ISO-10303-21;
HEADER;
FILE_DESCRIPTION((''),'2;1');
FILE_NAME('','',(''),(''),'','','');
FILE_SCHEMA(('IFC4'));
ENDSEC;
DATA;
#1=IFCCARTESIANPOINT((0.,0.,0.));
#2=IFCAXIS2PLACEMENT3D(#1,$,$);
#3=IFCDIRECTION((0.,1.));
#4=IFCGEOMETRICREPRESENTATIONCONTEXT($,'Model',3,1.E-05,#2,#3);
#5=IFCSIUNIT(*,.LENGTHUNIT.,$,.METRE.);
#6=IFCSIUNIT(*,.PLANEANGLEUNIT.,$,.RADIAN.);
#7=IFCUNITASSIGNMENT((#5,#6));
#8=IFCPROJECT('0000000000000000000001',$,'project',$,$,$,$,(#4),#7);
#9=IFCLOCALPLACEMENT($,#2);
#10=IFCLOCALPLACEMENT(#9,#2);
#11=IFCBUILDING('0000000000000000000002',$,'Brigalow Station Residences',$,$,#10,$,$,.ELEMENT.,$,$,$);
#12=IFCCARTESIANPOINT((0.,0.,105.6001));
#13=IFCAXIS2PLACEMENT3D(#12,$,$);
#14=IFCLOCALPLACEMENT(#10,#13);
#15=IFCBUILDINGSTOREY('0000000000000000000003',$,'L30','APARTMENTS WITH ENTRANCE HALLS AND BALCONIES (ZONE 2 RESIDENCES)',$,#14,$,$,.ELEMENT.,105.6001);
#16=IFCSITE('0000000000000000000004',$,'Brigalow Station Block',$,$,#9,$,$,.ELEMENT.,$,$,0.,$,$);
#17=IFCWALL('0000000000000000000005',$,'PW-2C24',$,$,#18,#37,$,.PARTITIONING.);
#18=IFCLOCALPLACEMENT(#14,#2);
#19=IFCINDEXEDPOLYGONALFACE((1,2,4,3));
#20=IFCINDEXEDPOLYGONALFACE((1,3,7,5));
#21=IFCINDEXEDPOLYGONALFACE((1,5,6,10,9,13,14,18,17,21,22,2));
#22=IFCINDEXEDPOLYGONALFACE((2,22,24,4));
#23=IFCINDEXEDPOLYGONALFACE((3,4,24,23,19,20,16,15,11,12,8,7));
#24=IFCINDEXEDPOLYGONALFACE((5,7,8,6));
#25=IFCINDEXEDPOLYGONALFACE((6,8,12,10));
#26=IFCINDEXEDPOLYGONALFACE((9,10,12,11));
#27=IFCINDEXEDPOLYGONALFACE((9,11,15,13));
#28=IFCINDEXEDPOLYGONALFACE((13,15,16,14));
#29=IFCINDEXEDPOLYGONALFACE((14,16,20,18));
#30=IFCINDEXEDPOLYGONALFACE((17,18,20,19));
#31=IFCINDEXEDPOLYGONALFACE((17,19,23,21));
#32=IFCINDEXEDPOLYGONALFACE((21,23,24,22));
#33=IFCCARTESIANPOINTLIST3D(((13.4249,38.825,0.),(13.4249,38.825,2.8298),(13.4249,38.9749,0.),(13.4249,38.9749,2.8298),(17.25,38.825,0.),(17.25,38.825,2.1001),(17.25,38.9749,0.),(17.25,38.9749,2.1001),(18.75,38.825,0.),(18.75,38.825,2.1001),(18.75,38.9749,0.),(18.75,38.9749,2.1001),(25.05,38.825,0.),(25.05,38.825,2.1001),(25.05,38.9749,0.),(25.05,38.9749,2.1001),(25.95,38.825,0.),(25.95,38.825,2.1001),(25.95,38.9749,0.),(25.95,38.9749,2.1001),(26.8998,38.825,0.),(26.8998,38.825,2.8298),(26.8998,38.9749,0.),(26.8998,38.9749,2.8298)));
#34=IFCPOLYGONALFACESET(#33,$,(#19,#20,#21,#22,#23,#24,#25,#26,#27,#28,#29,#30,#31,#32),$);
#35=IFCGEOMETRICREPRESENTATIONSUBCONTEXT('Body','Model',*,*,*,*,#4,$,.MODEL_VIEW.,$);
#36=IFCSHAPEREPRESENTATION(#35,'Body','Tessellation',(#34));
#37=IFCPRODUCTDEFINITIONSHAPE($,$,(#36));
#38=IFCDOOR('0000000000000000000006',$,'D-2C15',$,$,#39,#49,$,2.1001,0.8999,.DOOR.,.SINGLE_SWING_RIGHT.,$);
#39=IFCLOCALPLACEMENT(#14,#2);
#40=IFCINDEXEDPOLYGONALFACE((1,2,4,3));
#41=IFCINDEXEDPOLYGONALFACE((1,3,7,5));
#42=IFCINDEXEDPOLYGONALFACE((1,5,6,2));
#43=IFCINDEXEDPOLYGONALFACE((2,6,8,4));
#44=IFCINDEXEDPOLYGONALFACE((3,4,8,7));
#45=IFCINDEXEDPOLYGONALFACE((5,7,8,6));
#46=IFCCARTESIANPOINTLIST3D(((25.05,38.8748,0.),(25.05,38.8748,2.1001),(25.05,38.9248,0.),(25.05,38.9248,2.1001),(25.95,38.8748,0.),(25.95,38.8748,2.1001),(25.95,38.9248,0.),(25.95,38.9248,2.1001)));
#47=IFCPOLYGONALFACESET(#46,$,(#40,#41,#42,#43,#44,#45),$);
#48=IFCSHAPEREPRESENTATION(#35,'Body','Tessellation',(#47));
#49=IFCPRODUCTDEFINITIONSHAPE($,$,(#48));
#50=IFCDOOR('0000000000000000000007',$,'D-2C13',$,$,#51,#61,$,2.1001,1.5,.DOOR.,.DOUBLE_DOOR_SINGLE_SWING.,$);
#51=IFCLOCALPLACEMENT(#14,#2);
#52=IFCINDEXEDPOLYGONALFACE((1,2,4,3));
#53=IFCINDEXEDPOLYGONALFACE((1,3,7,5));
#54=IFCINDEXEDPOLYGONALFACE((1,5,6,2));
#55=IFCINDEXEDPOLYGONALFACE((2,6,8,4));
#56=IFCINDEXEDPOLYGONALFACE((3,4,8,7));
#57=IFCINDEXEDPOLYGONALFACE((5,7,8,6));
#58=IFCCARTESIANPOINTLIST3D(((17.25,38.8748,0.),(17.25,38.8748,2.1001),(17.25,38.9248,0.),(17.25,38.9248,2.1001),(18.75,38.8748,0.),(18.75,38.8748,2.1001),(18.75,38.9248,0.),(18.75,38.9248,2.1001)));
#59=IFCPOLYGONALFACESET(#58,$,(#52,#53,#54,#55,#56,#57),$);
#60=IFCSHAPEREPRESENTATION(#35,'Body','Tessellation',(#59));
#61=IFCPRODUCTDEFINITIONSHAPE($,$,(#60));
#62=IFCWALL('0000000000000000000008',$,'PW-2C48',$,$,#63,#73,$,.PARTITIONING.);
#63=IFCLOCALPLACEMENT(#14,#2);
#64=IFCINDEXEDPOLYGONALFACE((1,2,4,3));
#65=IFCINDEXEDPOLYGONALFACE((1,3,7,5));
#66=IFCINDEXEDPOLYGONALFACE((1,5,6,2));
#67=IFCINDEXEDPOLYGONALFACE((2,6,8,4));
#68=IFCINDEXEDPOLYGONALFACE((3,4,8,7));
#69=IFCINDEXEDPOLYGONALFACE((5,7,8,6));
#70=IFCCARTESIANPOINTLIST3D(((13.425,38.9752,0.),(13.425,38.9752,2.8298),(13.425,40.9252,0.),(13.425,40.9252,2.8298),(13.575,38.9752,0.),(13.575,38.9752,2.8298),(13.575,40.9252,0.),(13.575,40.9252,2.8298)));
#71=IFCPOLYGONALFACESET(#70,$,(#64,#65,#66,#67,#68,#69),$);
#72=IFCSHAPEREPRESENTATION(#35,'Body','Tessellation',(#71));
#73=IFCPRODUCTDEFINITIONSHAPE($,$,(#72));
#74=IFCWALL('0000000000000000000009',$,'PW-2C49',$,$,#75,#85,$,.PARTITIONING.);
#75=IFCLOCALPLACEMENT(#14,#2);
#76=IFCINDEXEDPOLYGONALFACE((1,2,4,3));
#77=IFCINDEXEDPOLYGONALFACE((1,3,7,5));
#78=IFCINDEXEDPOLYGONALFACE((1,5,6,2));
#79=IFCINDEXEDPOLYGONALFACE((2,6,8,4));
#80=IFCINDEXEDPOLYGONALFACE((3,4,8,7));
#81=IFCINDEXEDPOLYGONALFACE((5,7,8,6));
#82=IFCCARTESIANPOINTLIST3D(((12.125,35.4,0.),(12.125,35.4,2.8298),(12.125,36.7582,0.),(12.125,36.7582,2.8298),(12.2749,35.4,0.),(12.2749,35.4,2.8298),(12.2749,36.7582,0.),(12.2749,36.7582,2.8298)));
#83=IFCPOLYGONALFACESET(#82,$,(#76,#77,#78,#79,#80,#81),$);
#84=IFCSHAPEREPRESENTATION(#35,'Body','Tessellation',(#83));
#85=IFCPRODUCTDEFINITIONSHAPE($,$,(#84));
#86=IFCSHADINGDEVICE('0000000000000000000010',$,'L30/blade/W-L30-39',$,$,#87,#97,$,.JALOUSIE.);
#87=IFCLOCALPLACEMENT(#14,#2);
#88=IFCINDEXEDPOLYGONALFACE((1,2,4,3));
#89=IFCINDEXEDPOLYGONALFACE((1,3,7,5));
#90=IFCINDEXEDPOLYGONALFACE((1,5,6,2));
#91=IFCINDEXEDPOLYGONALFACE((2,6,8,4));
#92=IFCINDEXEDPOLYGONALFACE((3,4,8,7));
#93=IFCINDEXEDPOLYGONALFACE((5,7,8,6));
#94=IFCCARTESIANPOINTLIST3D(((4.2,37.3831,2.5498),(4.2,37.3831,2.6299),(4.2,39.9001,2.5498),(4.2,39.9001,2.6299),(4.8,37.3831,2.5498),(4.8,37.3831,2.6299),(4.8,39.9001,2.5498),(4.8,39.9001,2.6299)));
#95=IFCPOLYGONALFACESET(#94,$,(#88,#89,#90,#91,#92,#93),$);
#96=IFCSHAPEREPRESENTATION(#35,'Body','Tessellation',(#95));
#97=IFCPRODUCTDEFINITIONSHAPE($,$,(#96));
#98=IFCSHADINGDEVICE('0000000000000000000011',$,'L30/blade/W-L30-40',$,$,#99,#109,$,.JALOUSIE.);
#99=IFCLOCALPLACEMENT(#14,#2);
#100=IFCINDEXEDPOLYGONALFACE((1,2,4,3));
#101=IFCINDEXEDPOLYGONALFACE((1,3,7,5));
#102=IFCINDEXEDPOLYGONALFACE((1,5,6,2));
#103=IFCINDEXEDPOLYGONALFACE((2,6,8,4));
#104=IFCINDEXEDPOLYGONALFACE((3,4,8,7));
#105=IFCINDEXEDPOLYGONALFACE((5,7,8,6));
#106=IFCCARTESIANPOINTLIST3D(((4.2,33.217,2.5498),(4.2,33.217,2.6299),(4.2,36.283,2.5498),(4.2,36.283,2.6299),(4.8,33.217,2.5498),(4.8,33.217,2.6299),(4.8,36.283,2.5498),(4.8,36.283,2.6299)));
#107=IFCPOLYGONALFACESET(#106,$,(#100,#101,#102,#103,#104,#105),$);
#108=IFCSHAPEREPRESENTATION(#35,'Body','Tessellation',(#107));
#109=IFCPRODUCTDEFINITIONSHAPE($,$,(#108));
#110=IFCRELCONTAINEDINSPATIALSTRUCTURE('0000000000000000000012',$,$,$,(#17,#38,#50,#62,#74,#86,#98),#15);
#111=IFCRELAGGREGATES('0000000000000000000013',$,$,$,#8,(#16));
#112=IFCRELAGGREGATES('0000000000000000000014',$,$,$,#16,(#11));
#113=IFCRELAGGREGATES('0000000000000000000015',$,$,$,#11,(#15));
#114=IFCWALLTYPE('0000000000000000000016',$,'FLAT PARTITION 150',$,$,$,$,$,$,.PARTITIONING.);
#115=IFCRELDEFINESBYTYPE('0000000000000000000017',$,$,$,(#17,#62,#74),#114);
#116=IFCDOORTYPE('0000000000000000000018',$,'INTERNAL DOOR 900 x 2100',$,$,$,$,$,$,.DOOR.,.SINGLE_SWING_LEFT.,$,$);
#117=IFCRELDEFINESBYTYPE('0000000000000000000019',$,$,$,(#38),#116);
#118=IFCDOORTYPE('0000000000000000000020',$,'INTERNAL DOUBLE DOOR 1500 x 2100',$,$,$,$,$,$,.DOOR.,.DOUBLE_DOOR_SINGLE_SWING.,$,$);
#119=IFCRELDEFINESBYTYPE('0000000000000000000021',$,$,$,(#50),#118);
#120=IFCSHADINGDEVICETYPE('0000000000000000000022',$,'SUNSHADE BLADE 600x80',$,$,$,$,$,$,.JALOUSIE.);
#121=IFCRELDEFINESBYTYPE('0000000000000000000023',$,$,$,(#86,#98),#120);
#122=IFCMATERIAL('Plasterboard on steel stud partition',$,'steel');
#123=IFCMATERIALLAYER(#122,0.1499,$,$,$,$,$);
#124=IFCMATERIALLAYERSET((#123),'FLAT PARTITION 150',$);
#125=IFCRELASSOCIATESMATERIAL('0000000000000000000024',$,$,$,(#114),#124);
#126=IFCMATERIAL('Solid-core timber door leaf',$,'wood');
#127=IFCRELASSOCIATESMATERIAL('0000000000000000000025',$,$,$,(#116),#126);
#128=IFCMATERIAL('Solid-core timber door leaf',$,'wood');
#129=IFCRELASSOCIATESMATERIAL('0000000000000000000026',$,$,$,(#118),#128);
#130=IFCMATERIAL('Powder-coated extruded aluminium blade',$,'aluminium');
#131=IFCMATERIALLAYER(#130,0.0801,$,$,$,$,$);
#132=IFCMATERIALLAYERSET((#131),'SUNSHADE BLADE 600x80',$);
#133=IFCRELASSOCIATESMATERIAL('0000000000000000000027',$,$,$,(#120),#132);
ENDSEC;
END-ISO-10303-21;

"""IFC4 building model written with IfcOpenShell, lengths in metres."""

from ifc_helpers import new_model, si_unit, direction, frame, frame_2d, origin, origin_2d, place, context, subcontext, project, spatial, rectangle, extrude, material, layer, layer_set, type_object, element, fill, save


model = new_model("IFC4")

# Units and contexts
model_context = context("Model", 3, precision=1e-05, world=origin(), true_north=direction((0.0, 1.0)))
body_context = subcontext(model_context, "Body", "Model", "MODEL_VIEW")
ifc_project = project(units=[si_unit("LENGTHUNIT", "METRE"), si_unit("PLANEANGLEUNIT", "RADIAN")], contexts=[model_context])

# Site, building, storey
site_placement = place(None, origin())
site = spatial("IfcSite", under=ifc_project, at=site_placement, Name="Brigalow Station Block", CompositionType="ELEMENT", RefElevation=0.0)
building_placement = place(site_placement, origin())
building = spatial("IfcBuilding", under=site, at=building_placement, Name="Brigalow Station Residences", CompositionType="ELEMENT")
storey_placement = place(building_placement, frame((0.0, 0.0, 105.6001)))
storey = spatial("IfcBuildingStorey", under=building, at=storey_placement, Name="L30", Description="APARTMENTS WITH ENTRANCE HALLS AND BALCONIES (ZONE 2 RESIDENCES)", CompositionType="ELEMENT", Elevation=105.6001)

# Shared definitions
ifc_material_1 = material(Name="Plasterboard on steel stud partition", Category="steel")
ifc_layer_1 = layer(ifc_material_1, 0.1499)
ifc_layer_set_1 = layer_set([ifc_layer_1], Name="FLAT PARTITION 150")
wall_type_1 = type_object("IfcWallType", Name="FLAT PARTITION 150", PredefinedType="PARTITIONING", material=ifc_layer_set_1)
ifc_material_2 = material(Name="Solid-core timber door leaf", Category="wood")
door_type_1 = type_object("IfcDoorType", Name="INTERNAL DOOR 900 x 2100", OperationType="SINGLE_SWING_LEFT", PredefinedType="DOOR", material=ifc_material_2)

# Wall, openings, doors
wall_1_placement = place(storey_placement, frame((13.425, 38.8999, 0.0), z_axis=(0.0, 0.0, 1.0), x_axis=(1.0, 0.0, 0.0)))
wall_1 = element("IfcWall", 1, at=wall_1_placement, inside=storey, type_object=wall_type_1, Name="PW-2C24", PredefinedType="PARTITIONING", context=body_context, shape_type="SweptSolid", body=[
    extrude(rectangle(XDim=13.4749, YDim=0.1499, at=frame_2d((6.7373, 0.0))), origin(), (0.0, 0.0, 1.0), 2.8298),
])
opening_1_placement = place(wall_1_placement, frame((3.825, 0.0, 0.0)))
opening_1 = element("IfcOpeningElement", 2, at=opening_1_placement, cuts=wall_1, PredefinedType="OPENING", context=body_context, shape_type="SweptSolid", body=[
    extrude(rectangle(XDim=1.5, YDim=2.1001, at=frame_2d((0.75, 1.05))), frame((0.0, 0.085, 0.0), z_axis=(0.0, -1.0, 0.0), x_axis=(1.0, 0.0, 0.0)), (0.0, 0.0, 1.0), 0.1699),
])
opening_2_placement = place(wall_1_placement, frame((11.625, 0.0, 0.0)))
opening_2 = element("IfcOpeningElement", 3, at=opening_2_placement, cuts=wall_1, PredefinedType="OPENING", context=body_context, shape_type="SweptSolid", body=[
    extrude(rectangle(XDim=0.8999, YDim=2.1001, at=frame_2d((0.45, 1.05))), frame((0.0, 0.085, 0.0), z_axis=(0.0, -1.0, 0.0), x_axis=(1.0, 0.0, 0.0)), (0.0, 0.0, 1.0), 0.1699),
])
door_1_placement = place(opening_2_placement, origin())
door_1 = element("IfcDoor", 4, at=door_1_placement, inside=storey, type_object=door_type_1, Name="D-2C15", OperationType="SINGLE_SWING_RIGHT", OverallHeight=2.1001, OverallWidth=0.8999, PredefinedType="DOOR", context=body_context, shape_type="SweptSolid", body=[
    extrude(rectangle(XDim=0.8999, YDim=2.1001, at=frame_2d((0.45, 1.05))), frame((0.0, 0.0249, 0.0), z_axis=(0.0, -1.0, 0.0), x_axis=(1.0, 0.0, 0.0)), (0.0, 0.0, 1.0), 0.05),
])
fill(opening_2, door_1)
ifc_material_3 = material(Name="Solid-core timber door leaf", Category="wood")
door_type_2 = type_object("IfcDoorType", Name="INTERNAL DOUBLE DOOR 1500 x 2100", OperationType="DOUBLE_DOOR_SINGLE_SWING", PredefinedType="DOOR", material=ifc_material_3)
door_2_placement = place(opening_1_placement, origin())
door_2 = element("IfcDoor", 5, at=door_2_placement, inside=storey, type_object=door_type_2, Name="D-2C13", OperationType="DOUBLE_DOOR_SINGLE_SWING", OverallHeight=2.1001, OverallWidth=1.5, PredefinedType="DOOR", context=body_context, shape_type="SweptSolid", body=[
    extrude(rectangle(XDim=1.5, YDim=2.1001, at=frame_2d((0.75, 1.05))), frame((0.0, 0.0249, 0.0), z_axis=(0.0, -1.0, 0.0), x_axis=(1.0, 0.0, 0.0)), (0.0, 0.0, 1.0), 0.05),
])
fill(opening_1, door_2)

# Walls
wall_2_placement = place(storey_placement, frame((13.5, 38.9751, 0.0), z_axis=(0.0, 0.0, 1.0), x_axis=(0.0, 1.0, 0.0)))
element("IfcWall", 6, at=wall_2_placement, inside=storey, type_object=wall_type_1, Name="PW-2C48", PredefinedType="PARTITIONING", context=body_context, shape_type="SweptSolid", body=[
    extrude(rectangle(XDim=1.95, YDim=0.1499, at=frame_2d((0.9751, 0.0))), origin(), (0.0, 0.0, 1.0), 2.8298),
])
wall_3_placement = place(storey_placement, frame((12.2, 35.3999, 0.0), z_axis=(0.0, 0.0, 1.0), x_axis=(0.0, 1.0, 0.0)))
element("IfcWall", 7, at=wall_3_placement, inside=storey, type_object=wall_type_1, Name="PW-2C49", PredefinedType="PARTITIONING", context=body_context, shape_type="SweptSolid", body=[
    extrude(rectangle(XDim=1.3582, YDim=0.1499, at=frame_2d((0.6792, 0.0))), origin(), (0.0, 0.0, 1.0), 2.8298),
])

# Shading devices
ifc_material_4 = material(Name="Powder-coated extruded aluminium blade", Category="aluminium")
ifc_layer_2 = layer(ifc_material_4, 0.0801)
ifc_layer_set_2 = layer_set([ifc_layer_2], Name="SUNSHADE BLADE 600x80")
shading_device_type = type_object("IfcShadingDeviceType", Name="SUNSHADE BLADE 600x80", PredefinedType="JALOUSIE", material=ifc_layer_set_2)
shading_device_1_placement = place(storey_placement, frame((4.5, 38.6416, 2.5498), z_axis=(0.0, 0.0, 1.0), x_axis=(0.0, -1.0, 0.0)))
element("IfcShadingDevice", 8, at=shading_device_1_placement, inside=storey, type_object=shading_device_type, Name="L30/blade/W-L30-39", PredefinedType="JALOUSIE", context=body_context, shape_type="SweptSolid", body=[
    extrude(rectangle(XDim=2.5171, YDim=0.6001, at=origin_2d()), origin(), (0.0, 0.0, 1.0), 0.0801),
])
shading_device_2_placement = place(storey_placement, frame((4.5, 34.75, 2.5498), z_axis=(0.0, 0.0, 1.0), x_axis=(0.0, -1.0, 0.0)))
element("IfcShadingDevice", 9, at=shading_device_2_placement, inside=storey, type_object=shading_device_type, Name="L30/blade/W-L30-40", PredefinedType="JALOUSIE", context=body_context, shape_type="SweptSolid", body=[
    extrude(rectangle(XDim=3.0659, YDim=0.6001, at=origin_2d()), origin(), (0.0, 0.0, 1.0), 0.0801),
])

save(model, "model.ifc")
